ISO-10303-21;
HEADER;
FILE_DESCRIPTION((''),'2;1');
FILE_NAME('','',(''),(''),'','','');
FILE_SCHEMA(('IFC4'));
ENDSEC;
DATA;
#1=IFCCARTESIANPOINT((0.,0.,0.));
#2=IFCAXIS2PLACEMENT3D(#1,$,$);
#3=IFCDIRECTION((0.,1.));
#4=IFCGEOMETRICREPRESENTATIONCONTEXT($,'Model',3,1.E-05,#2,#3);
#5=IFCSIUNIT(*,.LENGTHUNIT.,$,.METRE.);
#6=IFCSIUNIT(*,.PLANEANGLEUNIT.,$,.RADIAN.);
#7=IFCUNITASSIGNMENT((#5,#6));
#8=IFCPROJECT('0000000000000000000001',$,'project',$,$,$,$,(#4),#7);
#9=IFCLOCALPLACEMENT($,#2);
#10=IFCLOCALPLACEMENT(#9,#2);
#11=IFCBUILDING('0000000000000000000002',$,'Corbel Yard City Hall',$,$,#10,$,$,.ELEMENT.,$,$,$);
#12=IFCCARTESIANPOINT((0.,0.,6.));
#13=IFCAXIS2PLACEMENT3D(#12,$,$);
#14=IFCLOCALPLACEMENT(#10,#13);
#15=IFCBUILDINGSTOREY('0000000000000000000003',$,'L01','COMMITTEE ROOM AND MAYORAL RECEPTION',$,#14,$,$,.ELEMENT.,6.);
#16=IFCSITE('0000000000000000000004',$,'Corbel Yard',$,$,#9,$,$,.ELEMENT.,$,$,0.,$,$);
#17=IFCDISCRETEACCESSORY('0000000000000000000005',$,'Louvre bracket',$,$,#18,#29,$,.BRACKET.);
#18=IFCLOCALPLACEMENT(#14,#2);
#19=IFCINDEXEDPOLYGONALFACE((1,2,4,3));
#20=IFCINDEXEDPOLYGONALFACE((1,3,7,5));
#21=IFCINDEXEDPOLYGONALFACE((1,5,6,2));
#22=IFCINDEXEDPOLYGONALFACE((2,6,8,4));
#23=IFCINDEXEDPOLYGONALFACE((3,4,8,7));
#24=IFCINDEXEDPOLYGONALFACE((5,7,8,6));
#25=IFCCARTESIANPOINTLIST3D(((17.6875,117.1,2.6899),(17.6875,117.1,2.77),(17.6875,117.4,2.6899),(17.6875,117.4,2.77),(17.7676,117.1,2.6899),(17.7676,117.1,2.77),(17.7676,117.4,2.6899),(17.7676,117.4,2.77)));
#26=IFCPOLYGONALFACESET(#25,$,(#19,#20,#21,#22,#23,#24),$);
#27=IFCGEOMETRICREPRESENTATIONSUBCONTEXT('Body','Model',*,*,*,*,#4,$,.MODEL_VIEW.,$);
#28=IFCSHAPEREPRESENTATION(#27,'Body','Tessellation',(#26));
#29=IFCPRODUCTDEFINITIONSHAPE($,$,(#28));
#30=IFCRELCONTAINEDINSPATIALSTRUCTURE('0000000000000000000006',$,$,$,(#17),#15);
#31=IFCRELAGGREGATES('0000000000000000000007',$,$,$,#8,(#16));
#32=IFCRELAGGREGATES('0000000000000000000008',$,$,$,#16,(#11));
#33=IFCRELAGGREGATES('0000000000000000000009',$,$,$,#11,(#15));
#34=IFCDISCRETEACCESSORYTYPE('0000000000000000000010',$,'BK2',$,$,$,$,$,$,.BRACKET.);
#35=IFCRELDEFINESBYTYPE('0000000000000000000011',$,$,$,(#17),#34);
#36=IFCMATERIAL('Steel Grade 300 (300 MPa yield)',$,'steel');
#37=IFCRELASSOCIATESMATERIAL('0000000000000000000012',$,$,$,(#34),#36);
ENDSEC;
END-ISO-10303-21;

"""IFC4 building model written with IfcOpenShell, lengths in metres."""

from ifc_helpers import new_model, si_unit, direction, frame, origin, origin_2d, place, context, subcontext, project, spatial, rectangle, extrude, material, type_object, element, save


model = new_model("IFC4")

# Units and contexts
model_context = context("Model", 3, precision=1e-05, world=origin(), true_north=direction((0.0, 1.0)))
body_context = subcontext(model_context, "Body", "Model", "MODEL_VIEW")
ifc_project = project(units=[si_unit("LENGTHUNIT", "METRE"), si_unit("PLANEANGLEUNIT", "RADIAN")], contexts=[model_context])

# Site, building, storey
site_placement = place(None, origin())
site = spatial("IfcSite", under=ifc_project, at=site_placement, Name="Corbel Yard", CompositionType="ELEMENT", RefElevation=0.0)
building_placement = place(site_placement, origin())
building = spatial("IfcBuilding", under=site, at=building_placement, Name="Corbel Yard City Hall", CompositionType="ELEMENT")
storey_placement = place(building_placement, frame((0.0, 0.0, 6.0)))
storey = spatial("IfcBuildingStorey", under=building, at=storey_placement, Name="L01", Description="COMMITTEE ROOM AND MAYORAL RECEPTION", CompositionType="ELEMENT", Elevation=6.0)

# Discrete accessory
ifc_material_1 = material(Name="Steel Grade 300 (300 MPa yield)", Category="steel")
discrete_accessory_type = type_object("IfcDiscreteAccessoryType", Name="BK2", PredefinedType="BRACKET", material=ifc_material_1)
for number, where, z_axis, x_axis, name in (
    (1, (17.7275, 117.25, 2.6899), (0.0, 0.0, 1.0), (1.0, 0.0, 0.0), "Louvre bracket"),
):
    element("IfcDiscreteAccessory", number, at=place(storey_placement, frame(where, z_axis=z_axis, x_axis=x_axis)), inside=storey, type_object=discrete_accessory_type, Name=name, PredefinedType="BRACKET", context=body_context, shape_type="SweptSolid", body=[
        extrude(rectangle(XDim=0.0801, YDim=0.3, at=origin_2d()), origin(), (0.0, 0.0, 1.0), 0.0801),
    ])

save(model, "model.ifc")
